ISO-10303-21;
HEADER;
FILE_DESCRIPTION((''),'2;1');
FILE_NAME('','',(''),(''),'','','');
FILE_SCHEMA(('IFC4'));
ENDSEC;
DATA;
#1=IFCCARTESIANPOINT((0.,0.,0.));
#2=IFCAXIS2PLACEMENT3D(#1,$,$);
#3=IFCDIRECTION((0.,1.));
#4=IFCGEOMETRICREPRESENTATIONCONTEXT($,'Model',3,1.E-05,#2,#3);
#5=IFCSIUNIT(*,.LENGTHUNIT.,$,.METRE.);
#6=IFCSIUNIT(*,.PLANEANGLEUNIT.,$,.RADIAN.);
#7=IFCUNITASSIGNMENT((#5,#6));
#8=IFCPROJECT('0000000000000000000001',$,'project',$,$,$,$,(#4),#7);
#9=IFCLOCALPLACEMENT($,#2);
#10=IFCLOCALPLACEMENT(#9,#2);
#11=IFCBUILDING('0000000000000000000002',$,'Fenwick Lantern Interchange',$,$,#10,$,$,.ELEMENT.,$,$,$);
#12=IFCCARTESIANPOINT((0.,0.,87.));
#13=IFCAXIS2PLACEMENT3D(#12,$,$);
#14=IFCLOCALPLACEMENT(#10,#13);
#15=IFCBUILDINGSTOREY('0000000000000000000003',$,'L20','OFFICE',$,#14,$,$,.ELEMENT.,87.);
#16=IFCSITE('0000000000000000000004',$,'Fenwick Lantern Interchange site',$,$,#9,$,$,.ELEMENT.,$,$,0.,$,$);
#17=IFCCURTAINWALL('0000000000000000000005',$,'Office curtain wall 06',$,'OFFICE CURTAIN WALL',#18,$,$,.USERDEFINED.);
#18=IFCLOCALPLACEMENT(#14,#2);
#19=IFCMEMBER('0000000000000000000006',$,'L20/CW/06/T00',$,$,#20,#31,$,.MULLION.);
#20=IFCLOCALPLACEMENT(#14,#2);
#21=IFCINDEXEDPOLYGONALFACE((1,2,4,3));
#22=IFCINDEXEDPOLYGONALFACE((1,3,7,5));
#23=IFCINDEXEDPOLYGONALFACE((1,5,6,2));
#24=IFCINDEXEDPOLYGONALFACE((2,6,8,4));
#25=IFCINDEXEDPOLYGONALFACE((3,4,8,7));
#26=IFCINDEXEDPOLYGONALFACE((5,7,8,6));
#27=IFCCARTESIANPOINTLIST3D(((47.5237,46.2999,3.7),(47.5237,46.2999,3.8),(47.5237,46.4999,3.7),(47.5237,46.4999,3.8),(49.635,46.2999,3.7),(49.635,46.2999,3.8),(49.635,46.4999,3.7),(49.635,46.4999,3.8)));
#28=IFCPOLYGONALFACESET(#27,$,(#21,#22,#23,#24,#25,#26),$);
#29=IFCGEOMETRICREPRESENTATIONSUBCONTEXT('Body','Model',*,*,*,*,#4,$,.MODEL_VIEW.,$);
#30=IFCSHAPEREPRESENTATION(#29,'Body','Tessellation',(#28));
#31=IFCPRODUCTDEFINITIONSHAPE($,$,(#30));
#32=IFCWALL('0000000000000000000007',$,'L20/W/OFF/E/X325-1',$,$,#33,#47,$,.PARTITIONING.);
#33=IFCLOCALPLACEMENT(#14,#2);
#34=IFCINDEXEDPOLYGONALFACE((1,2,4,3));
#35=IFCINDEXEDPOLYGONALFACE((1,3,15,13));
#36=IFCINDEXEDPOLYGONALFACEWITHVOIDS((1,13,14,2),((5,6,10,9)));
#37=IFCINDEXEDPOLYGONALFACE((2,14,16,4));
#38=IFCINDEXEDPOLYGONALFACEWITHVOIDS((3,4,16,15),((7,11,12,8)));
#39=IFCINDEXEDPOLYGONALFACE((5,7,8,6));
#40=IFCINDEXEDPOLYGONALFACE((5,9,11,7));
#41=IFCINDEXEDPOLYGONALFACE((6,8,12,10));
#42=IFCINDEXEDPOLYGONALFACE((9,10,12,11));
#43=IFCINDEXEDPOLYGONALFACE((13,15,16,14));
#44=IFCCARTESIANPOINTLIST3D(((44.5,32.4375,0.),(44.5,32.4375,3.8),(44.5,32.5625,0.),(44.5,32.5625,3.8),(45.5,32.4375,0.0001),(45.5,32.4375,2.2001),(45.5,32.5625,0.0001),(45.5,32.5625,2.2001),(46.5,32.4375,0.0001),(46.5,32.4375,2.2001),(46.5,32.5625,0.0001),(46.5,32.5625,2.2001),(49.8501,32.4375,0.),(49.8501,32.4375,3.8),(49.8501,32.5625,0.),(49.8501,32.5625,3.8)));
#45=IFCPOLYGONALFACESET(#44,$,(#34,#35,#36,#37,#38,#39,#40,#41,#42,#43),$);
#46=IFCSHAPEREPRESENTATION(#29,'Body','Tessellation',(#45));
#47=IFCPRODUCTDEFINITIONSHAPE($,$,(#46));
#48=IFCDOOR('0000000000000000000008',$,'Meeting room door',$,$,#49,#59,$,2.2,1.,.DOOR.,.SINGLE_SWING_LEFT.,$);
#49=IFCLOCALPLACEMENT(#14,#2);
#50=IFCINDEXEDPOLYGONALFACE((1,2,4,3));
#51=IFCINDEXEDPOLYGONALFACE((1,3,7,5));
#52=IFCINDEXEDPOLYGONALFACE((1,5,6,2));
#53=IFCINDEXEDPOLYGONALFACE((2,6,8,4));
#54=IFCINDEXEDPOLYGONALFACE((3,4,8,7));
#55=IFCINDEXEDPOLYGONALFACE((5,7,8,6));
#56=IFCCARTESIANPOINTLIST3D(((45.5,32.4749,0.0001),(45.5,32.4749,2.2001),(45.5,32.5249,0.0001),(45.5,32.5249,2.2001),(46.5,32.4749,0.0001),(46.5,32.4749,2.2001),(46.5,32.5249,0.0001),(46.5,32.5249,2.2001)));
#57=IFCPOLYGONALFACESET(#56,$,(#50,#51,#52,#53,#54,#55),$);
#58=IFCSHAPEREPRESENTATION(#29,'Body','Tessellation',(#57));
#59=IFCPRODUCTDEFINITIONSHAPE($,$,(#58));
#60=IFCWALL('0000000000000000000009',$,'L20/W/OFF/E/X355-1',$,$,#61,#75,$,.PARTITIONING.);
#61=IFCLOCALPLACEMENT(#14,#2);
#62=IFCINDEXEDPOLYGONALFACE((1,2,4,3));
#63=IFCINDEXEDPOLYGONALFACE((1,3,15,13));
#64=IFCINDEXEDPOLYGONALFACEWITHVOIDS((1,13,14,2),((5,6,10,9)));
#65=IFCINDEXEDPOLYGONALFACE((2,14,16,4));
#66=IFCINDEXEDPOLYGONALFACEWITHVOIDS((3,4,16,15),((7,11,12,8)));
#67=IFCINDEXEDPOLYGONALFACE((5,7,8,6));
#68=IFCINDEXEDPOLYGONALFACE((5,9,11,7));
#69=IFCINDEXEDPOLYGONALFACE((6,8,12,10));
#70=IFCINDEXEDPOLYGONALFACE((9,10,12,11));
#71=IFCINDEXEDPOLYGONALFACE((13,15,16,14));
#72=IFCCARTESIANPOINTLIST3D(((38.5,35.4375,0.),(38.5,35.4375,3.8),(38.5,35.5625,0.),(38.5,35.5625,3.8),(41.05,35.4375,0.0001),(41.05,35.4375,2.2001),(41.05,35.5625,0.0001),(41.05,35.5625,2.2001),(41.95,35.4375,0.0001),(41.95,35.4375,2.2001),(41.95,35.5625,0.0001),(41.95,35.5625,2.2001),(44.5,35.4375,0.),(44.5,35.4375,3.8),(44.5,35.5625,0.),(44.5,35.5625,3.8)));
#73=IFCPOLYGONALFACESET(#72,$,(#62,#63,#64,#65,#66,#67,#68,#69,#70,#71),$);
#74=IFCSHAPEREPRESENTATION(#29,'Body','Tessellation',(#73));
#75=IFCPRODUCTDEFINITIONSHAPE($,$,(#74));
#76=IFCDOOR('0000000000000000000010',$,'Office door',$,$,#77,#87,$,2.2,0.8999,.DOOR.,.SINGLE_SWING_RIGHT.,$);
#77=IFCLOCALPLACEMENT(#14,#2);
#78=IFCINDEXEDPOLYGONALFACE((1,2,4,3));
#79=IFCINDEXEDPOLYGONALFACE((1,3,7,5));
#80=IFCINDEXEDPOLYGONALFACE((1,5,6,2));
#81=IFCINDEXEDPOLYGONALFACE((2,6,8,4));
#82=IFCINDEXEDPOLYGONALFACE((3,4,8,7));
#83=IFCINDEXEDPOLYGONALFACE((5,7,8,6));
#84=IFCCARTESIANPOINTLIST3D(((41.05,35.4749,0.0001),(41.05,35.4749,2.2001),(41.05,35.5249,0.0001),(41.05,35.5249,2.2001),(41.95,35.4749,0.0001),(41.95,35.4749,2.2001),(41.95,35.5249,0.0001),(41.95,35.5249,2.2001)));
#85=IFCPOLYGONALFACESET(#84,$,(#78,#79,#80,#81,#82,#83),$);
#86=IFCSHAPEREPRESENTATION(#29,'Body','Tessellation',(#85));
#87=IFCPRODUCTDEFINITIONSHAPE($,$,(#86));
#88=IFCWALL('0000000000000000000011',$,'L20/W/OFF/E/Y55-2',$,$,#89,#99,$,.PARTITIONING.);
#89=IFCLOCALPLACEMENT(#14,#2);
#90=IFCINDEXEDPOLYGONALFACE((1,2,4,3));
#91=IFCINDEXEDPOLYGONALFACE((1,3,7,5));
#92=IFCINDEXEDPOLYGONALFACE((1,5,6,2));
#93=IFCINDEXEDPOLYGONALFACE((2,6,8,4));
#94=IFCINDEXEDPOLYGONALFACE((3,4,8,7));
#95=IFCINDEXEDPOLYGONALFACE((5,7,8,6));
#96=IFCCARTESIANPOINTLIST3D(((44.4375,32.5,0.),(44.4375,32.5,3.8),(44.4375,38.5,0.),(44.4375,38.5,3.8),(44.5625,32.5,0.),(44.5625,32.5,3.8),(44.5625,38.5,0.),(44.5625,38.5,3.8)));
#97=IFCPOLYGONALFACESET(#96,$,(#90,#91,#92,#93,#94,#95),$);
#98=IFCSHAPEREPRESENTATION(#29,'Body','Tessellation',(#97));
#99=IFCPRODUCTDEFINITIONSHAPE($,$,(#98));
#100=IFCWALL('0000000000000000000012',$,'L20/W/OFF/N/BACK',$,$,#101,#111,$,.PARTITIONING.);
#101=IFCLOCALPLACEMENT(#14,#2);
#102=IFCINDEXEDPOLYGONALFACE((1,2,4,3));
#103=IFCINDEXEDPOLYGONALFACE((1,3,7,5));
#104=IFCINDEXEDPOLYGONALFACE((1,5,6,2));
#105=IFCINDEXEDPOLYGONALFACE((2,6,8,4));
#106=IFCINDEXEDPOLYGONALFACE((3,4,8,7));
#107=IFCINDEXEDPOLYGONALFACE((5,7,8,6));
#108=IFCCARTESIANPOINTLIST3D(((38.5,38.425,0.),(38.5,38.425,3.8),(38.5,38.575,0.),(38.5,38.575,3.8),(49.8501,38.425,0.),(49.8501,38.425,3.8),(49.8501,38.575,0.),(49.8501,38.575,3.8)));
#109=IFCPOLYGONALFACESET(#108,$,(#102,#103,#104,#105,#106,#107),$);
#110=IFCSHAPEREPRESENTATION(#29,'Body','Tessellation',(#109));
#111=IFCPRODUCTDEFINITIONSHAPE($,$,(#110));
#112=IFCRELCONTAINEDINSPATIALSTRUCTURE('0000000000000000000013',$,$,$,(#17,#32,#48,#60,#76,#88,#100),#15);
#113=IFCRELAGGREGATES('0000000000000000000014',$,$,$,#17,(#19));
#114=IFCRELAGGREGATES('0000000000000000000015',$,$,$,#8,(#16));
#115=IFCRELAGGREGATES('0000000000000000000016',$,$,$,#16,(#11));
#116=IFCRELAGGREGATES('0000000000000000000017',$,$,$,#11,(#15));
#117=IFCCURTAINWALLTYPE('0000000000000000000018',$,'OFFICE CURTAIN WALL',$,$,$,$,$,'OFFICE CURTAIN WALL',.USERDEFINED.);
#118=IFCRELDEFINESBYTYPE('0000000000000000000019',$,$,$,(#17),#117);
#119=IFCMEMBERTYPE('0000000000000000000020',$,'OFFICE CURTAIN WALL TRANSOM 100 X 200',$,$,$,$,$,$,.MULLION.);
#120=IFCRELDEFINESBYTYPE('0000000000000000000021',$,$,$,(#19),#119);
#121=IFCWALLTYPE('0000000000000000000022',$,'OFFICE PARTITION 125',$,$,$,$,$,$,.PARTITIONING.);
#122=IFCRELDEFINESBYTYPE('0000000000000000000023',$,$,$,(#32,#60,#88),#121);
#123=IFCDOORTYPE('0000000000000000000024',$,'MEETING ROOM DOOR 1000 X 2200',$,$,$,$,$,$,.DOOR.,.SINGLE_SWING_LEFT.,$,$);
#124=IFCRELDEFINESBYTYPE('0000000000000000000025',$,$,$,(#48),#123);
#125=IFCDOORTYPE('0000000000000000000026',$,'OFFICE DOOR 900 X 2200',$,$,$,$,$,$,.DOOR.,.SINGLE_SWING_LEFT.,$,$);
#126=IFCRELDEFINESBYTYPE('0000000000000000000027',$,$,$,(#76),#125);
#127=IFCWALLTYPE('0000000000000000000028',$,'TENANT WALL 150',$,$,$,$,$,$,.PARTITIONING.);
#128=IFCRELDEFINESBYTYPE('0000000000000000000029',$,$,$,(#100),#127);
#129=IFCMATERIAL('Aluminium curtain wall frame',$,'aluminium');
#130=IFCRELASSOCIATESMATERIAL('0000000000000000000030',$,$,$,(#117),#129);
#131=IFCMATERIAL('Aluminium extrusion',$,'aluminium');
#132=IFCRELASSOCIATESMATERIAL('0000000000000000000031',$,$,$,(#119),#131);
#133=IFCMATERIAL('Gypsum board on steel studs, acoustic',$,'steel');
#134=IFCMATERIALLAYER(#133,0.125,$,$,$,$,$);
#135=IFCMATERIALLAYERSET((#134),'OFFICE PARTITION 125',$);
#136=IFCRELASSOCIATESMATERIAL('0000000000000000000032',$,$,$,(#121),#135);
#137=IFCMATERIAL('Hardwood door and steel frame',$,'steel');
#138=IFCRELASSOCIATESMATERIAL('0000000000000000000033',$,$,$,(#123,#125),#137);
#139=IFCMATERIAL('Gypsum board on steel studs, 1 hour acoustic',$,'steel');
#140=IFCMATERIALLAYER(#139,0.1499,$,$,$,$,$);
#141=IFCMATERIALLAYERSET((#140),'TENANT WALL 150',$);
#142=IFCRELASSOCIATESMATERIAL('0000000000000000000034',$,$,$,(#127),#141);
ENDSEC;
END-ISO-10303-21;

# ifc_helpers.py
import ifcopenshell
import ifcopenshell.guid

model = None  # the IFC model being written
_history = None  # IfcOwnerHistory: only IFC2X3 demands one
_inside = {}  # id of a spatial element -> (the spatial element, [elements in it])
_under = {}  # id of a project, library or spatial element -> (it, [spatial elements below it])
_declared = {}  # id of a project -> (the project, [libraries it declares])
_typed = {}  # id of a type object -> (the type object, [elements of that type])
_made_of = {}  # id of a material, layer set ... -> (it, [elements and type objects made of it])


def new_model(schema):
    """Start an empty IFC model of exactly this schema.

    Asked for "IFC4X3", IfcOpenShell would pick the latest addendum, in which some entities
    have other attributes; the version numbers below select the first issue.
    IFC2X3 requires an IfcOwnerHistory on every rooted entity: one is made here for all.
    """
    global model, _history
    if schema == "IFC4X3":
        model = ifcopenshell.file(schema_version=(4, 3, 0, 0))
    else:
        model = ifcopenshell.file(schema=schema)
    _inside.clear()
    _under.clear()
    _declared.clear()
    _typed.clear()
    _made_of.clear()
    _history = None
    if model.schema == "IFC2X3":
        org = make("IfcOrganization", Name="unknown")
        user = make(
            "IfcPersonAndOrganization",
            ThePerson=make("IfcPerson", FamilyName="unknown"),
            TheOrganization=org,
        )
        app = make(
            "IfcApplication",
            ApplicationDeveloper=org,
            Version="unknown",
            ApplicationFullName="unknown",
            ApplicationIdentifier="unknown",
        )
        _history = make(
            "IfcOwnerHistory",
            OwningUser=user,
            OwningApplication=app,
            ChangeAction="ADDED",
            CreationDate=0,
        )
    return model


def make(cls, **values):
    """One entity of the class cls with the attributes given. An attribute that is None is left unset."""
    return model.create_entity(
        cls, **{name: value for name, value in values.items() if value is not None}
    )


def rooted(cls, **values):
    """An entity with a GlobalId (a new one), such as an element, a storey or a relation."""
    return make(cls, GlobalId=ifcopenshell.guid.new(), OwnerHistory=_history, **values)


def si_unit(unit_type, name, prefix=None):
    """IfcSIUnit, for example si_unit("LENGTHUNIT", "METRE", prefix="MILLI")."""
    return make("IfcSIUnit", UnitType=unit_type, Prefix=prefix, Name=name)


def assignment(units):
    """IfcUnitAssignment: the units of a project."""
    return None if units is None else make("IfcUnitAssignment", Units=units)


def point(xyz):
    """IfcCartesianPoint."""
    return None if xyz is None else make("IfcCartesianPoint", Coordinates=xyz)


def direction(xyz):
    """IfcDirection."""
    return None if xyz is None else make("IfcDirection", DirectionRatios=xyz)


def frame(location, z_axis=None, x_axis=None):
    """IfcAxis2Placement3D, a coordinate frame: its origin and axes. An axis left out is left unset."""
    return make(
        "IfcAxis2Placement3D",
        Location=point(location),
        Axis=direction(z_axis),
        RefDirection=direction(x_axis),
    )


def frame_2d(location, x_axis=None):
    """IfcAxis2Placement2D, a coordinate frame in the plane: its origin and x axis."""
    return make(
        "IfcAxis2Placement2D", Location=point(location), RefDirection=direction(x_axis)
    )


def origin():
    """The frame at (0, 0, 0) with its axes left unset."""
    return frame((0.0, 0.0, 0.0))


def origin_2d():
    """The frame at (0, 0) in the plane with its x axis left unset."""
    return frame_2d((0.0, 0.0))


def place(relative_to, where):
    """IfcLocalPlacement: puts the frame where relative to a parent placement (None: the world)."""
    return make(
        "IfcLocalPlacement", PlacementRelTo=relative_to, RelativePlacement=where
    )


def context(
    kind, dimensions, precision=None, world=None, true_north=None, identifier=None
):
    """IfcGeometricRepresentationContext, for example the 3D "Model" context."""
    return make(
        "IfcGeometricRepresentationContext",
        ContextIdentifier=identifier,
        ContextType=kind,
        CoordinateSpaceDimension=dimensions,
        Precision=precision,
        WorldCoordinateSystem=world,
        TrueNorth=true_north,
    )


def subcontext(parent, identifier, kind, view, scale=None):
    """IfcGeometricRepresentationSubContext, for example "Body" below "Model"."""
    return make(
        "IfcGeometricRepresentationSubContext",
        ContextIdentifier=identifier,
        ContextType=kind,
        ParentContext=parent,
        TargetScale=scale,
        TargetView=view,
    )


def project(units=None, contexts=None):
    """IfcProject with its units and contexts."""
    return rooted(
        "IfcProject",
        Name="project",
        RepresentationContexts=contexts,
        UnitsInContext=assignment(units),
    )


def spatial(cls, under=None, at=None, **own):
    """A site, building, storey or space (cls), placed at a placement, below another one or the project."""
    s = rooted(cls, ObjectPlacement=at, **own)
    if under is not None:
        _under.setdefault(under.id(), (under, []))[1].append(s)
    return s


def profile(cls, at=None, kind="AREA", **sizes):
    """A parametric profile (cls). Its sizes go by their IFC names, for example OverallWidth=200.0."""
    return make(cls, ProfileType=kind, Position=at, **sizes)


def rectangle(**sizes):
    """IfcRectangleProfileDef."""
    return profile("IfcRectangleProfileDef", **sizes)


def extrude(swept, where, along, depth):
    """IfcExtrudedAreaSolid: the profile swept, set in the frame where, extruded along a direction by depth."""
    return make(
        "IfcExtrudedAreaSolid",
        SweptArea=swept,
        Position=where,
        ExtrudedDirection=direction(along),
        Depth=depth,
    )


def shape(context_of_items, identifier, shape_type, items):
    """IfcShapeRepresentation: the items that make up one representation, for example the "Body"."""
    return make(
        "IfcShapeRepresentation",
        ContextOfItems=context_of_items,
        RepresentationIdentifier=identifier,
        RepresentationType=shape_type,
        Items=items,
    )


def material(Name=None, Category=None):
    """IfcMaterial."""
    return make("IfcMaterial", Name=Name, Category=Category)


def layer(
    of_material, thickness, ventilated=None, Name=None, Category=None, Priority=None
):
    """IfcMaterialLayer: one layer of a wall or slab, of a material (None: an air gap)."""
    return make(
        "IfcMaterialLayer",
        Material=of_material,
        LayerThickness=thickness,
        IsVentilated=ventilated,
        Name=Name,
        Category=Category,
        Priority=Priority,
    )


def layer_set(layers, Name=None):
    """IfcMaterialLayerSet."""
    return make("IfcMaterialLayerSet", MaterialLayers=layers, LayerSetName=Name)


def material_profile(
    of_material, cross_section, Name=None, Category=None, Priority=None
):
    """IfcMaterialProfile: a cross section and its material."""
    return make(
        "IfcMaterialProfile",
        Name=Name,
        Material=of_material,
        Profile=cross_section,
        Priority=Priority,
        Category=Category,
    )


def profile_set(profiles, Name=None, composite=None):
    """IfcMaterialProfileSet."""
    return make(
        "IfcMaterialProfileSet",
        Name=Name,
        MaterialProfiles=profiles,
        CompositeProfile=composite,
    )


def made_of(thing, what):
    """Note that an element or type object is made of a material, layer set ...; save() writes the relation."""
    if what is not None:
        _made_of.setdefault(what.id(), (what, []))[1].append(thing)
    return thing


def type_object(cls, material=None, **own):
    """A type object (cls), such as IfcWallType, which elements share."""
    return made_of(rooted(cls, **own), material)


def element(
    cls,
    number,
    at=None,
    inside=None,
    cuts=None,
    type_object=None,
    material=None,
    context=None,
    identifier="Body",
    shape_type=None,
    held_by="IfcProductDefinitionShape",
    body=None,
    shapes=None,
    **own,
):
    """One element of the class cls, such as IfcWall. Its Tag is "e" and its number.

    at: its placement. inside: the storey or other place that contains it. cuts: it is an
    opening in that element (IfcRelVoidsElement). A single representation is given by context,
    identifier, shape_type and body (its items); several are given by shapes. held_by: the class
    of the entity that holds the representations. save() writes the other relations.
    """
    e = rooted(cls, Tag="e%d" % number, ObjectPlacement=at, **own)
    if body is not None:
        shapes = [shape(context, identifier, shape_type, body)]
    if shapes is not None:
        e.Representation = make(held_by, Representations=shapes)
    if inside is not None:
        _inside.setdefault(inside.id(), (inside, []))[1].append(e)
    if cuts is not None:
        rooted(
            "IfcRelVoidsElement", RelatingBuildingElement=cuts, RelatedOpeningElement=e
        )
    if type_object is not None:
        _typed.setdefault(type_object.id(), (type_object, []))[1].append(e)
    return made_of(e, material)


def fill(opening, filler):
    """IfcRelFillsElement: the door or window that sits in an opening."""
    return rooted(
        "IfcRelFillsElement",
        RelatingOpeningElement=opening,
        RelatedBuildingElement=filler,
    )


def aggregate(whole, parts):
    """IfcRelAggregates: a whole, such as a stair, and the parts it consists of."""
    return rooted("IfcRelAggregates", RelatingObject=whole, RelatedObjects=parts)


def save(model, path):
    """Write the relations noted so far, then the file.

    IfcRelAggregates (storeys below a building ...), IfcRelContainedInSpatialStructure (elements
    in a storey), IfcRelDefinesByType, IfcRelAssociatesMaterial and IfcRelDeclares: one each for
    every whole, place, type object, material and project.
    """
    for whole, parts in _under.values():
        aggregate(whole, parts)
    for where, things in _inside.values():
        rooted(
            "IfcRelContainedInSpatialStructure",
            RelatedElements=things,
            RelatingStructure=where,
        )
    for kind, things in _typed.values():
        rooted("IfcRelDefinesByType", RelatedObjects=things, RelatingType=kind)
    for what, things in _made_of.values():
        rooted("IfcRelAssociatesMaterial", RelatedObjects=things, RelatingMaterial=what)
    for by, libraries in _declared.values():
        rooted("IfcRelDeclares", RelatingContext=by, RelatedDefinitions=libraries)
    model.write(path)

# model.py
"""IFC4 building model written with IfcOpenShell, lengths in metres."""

from ifc_helpers import new_model, si_unit, direction, frame, frame_2d, origin, origin_2d, place, context, subcontext, project, spatial, rectangle, extrude, material, layer, layer_set, material_profile, profile_set, type_object, element, fill, aggregate, save


model = new_model("IFC4")

# Units and contexts
model_context = context("Model", 3, precision=1e-05, world=origin(), true_north=direction((0.0, 1.0)))
body_context = subcontext(model_context, "Body", "Model", "MODEL_VIEW")
ifc_project = project(units=[si_unit("LENGTHUNIT", "METRE"), si_unit("PLANEANGLEUNIT", "RADIAN")], contexts=[model_context])

# Site, building, storey
site_placement = place(None, origin())
site = spatial("IfcSite", under=ifc_project, at=site_placement, Name="Fenwick Lantern Interchange site", CompositionType="ELEMENT", RefElevation=0.0)
building_placement = place(site_placement, origin())
building = spatial("IfcBuilding", under=site, at=building_placement, Name="Fenwick Lantern Interchange", CompositionType="ELEMENT")
storey_placement = place(building_placement, frame((0.0, 0.0, 87.0)))
storey = spatial("IfcBuildingStorey", under=building, at=storey_placement, Name="L20", Description="OFFICE", CompositionType="ELEMENT", Elevation=87.0)

# Curtain wall
ifc_material_1 = material(Name="Aluminium curtain wall frame", Category="aluminium")
curtain_wall_type = type_object("IfcCurtainWallType", Name="OFFICE CURTAIN WALL", ElementType="OFFICE CURTAIN WALL", PredefinedType="USERDEFINED", material=ifc_material_1)
ifc_material_2 = material(Name="Aluminium extrusion", Category="aluminium")
curtain_wall_1_placement = place(storey_placement, origin())
curtain_wall_1 = element("IfcCurtainWall", 1, at=curtain_wall_1_placement, inside=storey, type_object=curtain_wall_type, Name="Office curtain wall 06", ObjectType="OFFICE CURTAIN WALL", PredefinedType="USERDEFINED")

# Member
ifc_material_profile_1 = material_profile(ifc_material_2, rectangle(XDim=0.2, YDim=0.1001, at=origin_2d()), Name="OFFICE CURTAIN WALL TRANSOM 100 X 200")
ifc_profile_set_1 = profile_set([ifc_material_profile_1], Name="Aluminium extrusion")
member_type_1 = type_object("IfcMemberType", Name="OFFICE CURTAIN WALL TRANSOM 100 X 200", PredefinedType="MULLION", material=ifc_profile_set_1)
member_1_placement = place(storey_placement, frame((49.635, 46.3999, 3.75), z_axis=(-1.0, 0.0, 0.0), x_axis=(0.0, -1.0, 0.0)))
member_1 = element("IfcMember", 2, at=member_1_placement, type_object=member_type_1, Name="L20/CW/06/T00", PredefinedType="MULLION", context=body_context, shape_type="SweptSolid", body=[
    extrude(rectangle(XDim=0.2, YDim=0.1001, at=origin_2d()), origin(), (0.0, 0.0, 1.0), 2.1113),
])
aggregate(curtain_wall_1, [member_1])

# Walls, openings, doors
ifc_material_3 = material(Name="Gypsum board on steel studs, acoustic", Category="steel")
ifc_layer_1 = layer(ifc_material_3, 0.125)
ifc_layer_set_1 = layer_set([ifc_layer_1], Name="OFFICE PARTITION 125")
wall_type_1 = type_object("IfcWallType", Name="OFFICE PARTITION 125", PredefinedType="PARTITIONING", material=ifc_layer_set_1)
wall_1_placement = place(storey_placement, frame((49.8501, 32.5, 0.0), z_axis=(0.0, 0.0, 1.0), x_axis=(-1.0, 0.0, 0.0)))
wall_1 = element("IfcWall", 3, at=wall_1_placement, inside=storey, type_object=wall_type_1, Name="L20/W/OFF/E/X325-1", PredefinedType="PARTITIONING", context=body_context, shape_type="SweptSolid", body=[
    extrude(rectangle(XDim=5.3501, YDim=0.125, at=frame_2d((2.675, 0.0))), origin(), (0.0, 0.0, 1.0), 3.8),
])
opening_1_placement = place(wall_1_placement, frame((3.3501, 0.0, 0.0)))
opening_1 = element("IfcOpeningElement", 4, at=opening_1_placement, cuts=wall_1, PredefinedType="OPENING", context=body_context, shape_type="SweptSolid", body=[
    extrude(rectangle(XDim=1.0, YDim=2.2, at=frame_2d((0.5, 1.1001))), frame((0.0, 0.0725, 0.0), z_axis=(0.0, -1.0, 0.0), x_axis=(1.0, 0.0, 0.0)), (0.0, 0.0, 1.0), 0.145),
])
ifc_material_4 = material(Name="Hardwood door and steel frame", Category="steel")
door_type_1 = type_object("IfcDoorType", Name="MEETING ROOM DOOR 1000 X 2200", OperationType="SINGLE_SWING_LEFT", PredefinedType="DOOR", material=ifc_material_4)
door_1_placement = place(opening_1_placement, frame((1.0, 0.0, 0.0), z_axis=(0.0, 0.0, 1.0), x_axis=(-1.0, 0.0, 0.0)))
door_1 = element("IfcDoor", 5, at=door_1_placement, inside=storey, type_object=door_type_1, Name="Meeting room door", OperationType="SINGLE_SWING_LEFT", OverallHeight=2.2, OverallWidth=1.0, PredefinedType="DOOR", context=body_context, shape_type="SweptSolid", body=[
    extrude(rectangle(XDim=1.0, YDim=2.2, at=frame_2d((0.5, 1.1001))), frame((0.0, 0.0249, 0.0), z_axis=(0.0, -1.0, 0.0), x_axis=(1.0, 0.0, 0.0)), (0.0, 0.0, 1.0), 0.05),
])
fill(opening_1, door_1)
wall_2_placement = place(storey_placement, frame((44.5, 35.5, 0.0), z_axis=(0.0, 0.0, 1.0), x_axis=(-1.0, 0.0, 0.0)))
wall_2 = element("IfcWall", 6, at=wall_2_placement, inside=storey, type_object=wall_type_1, Name="L20/W/OFF/E/X355-1", PredefinedType="PARTITIONING", context=body_context, shape_type="SweptSolid", body=[
    extrude(rectangle(XDim=6.0, YDim=0.125, at=frame_2d((3.0, 0.0))), origin(), (0.0, 0.0, 1.0), 3.8),
])
opening_2_placement = place(wall_2_placement, frame((2.55, 0.0, 0.0)))
opening_2 = element("IfcOpeningElement", 7, at=opening_2_placement, cuts=wall_2, PredefinedType="OPENING", context=body_context, shape_type="SweptSolid", body=[
    extrude(rectangle(XDim=0.8999, YDim=2.2, at=frame_2d((0.45, 1.1001))), frame((0.0, 0.0725, 0.0), z_axis=(0.0, -1.0, 0.0), x_axis=(1.0, 0.0, 0.0)), (0.0, 0.0, 1.0), 0.145),
])
door_type_2 = type_object("IfcDoorType", Name="OFFICE DOOR 900 X 2200", OperationType="SINGLE_SWING_LEFT", PredefinedType="DOOR", material=ifc_material_4)
door_2_placement = place(opening_2_placement, frame((0.8999, 0.0, 0.0), z_axis=(0.0, 0.0, 1.0), x_axis=(-1.0, 0.0, 0.0)))
door_2 = element("IfcDoor", 8, at=door_2_placement, inside=storey, type_object=door_type_2, Name="Office door", OperationType="SINGLE_SWING_RIGHT", OverallHeight=2.2, OverallWidth=0.8999, PredefinedType="DOOR", context=body_context, shape_type="SweptSolid", body=[
    extrude(rectangle(XDim=0.8999, YDim=2.2, at=frame_2d((0.45, 1.1001))), frame((0.0, 0.0249, 0.0), z_axis=(0.0, -1.0, 0.0), x_axis=(1.0, 0.0, 0.0)), (0.0, 0.0, 1.0), 0.05),
])
fill(opening_2, door_2)

# Walls
wall_3_placement = place(storey_placement, frame((44.5, 32.5, 0.0), z_axis=(0.0, 0.0, 1.0), x_axis=(0.0, 1.0, 0.0)))
element("IfcWall", 9, at=wall_3_placement, inside=storey, type_object=wall_type_1, Name="L20/W/OFF/E/Y55-2", PredefinedType="PARTITIONING", context=body_context, shape_type="SweptSolid", body=[
    extrude(rectangle(XDim=6.0, YDim=0.125, at=frame_2d((3.0, 0.0))), origin(), (0.0, 0.0, 1.0), 3.8),
])
ifc_material_5 = material(Name="Gypsum board on steel studs, 1 hour acoustic", Category="steel")
ifc_layer_2 = layer(ifc_material_5, 0.1499)
ifc_layer_set_2 = layer_set([ifc_layer_2], Name="TENANT WALL 150")
wall_type_2 = type_object("IfcWallType", Name="TENANT WALL 150", PredefinedType="PARTITIONING", material=ifc_layer_set_2)
wall_4_placement = place(storey_placement, frame((49.8501, 38.5, 0.0), z_axis=(0.0, 0.0, 1.0), x_axis=(-1.0, 0.0, 0.0)))
element("IfcWall", 10, at=wall_4_placement, inside=storey, type_object=wall_type_2, Name="L20/W/OFF/N/BACK", PredefinedType="PARTITIONING", context=body_context, shape_type="SweptSolid", body=[
    extrude(rectangle(XDim=11.3501, YDim=0.1499, at=frame_2d((5.675, 0.0))), origin(), (0.0, 0.0, 1.0), 3.8),
])

save(model, "model.ifc")
